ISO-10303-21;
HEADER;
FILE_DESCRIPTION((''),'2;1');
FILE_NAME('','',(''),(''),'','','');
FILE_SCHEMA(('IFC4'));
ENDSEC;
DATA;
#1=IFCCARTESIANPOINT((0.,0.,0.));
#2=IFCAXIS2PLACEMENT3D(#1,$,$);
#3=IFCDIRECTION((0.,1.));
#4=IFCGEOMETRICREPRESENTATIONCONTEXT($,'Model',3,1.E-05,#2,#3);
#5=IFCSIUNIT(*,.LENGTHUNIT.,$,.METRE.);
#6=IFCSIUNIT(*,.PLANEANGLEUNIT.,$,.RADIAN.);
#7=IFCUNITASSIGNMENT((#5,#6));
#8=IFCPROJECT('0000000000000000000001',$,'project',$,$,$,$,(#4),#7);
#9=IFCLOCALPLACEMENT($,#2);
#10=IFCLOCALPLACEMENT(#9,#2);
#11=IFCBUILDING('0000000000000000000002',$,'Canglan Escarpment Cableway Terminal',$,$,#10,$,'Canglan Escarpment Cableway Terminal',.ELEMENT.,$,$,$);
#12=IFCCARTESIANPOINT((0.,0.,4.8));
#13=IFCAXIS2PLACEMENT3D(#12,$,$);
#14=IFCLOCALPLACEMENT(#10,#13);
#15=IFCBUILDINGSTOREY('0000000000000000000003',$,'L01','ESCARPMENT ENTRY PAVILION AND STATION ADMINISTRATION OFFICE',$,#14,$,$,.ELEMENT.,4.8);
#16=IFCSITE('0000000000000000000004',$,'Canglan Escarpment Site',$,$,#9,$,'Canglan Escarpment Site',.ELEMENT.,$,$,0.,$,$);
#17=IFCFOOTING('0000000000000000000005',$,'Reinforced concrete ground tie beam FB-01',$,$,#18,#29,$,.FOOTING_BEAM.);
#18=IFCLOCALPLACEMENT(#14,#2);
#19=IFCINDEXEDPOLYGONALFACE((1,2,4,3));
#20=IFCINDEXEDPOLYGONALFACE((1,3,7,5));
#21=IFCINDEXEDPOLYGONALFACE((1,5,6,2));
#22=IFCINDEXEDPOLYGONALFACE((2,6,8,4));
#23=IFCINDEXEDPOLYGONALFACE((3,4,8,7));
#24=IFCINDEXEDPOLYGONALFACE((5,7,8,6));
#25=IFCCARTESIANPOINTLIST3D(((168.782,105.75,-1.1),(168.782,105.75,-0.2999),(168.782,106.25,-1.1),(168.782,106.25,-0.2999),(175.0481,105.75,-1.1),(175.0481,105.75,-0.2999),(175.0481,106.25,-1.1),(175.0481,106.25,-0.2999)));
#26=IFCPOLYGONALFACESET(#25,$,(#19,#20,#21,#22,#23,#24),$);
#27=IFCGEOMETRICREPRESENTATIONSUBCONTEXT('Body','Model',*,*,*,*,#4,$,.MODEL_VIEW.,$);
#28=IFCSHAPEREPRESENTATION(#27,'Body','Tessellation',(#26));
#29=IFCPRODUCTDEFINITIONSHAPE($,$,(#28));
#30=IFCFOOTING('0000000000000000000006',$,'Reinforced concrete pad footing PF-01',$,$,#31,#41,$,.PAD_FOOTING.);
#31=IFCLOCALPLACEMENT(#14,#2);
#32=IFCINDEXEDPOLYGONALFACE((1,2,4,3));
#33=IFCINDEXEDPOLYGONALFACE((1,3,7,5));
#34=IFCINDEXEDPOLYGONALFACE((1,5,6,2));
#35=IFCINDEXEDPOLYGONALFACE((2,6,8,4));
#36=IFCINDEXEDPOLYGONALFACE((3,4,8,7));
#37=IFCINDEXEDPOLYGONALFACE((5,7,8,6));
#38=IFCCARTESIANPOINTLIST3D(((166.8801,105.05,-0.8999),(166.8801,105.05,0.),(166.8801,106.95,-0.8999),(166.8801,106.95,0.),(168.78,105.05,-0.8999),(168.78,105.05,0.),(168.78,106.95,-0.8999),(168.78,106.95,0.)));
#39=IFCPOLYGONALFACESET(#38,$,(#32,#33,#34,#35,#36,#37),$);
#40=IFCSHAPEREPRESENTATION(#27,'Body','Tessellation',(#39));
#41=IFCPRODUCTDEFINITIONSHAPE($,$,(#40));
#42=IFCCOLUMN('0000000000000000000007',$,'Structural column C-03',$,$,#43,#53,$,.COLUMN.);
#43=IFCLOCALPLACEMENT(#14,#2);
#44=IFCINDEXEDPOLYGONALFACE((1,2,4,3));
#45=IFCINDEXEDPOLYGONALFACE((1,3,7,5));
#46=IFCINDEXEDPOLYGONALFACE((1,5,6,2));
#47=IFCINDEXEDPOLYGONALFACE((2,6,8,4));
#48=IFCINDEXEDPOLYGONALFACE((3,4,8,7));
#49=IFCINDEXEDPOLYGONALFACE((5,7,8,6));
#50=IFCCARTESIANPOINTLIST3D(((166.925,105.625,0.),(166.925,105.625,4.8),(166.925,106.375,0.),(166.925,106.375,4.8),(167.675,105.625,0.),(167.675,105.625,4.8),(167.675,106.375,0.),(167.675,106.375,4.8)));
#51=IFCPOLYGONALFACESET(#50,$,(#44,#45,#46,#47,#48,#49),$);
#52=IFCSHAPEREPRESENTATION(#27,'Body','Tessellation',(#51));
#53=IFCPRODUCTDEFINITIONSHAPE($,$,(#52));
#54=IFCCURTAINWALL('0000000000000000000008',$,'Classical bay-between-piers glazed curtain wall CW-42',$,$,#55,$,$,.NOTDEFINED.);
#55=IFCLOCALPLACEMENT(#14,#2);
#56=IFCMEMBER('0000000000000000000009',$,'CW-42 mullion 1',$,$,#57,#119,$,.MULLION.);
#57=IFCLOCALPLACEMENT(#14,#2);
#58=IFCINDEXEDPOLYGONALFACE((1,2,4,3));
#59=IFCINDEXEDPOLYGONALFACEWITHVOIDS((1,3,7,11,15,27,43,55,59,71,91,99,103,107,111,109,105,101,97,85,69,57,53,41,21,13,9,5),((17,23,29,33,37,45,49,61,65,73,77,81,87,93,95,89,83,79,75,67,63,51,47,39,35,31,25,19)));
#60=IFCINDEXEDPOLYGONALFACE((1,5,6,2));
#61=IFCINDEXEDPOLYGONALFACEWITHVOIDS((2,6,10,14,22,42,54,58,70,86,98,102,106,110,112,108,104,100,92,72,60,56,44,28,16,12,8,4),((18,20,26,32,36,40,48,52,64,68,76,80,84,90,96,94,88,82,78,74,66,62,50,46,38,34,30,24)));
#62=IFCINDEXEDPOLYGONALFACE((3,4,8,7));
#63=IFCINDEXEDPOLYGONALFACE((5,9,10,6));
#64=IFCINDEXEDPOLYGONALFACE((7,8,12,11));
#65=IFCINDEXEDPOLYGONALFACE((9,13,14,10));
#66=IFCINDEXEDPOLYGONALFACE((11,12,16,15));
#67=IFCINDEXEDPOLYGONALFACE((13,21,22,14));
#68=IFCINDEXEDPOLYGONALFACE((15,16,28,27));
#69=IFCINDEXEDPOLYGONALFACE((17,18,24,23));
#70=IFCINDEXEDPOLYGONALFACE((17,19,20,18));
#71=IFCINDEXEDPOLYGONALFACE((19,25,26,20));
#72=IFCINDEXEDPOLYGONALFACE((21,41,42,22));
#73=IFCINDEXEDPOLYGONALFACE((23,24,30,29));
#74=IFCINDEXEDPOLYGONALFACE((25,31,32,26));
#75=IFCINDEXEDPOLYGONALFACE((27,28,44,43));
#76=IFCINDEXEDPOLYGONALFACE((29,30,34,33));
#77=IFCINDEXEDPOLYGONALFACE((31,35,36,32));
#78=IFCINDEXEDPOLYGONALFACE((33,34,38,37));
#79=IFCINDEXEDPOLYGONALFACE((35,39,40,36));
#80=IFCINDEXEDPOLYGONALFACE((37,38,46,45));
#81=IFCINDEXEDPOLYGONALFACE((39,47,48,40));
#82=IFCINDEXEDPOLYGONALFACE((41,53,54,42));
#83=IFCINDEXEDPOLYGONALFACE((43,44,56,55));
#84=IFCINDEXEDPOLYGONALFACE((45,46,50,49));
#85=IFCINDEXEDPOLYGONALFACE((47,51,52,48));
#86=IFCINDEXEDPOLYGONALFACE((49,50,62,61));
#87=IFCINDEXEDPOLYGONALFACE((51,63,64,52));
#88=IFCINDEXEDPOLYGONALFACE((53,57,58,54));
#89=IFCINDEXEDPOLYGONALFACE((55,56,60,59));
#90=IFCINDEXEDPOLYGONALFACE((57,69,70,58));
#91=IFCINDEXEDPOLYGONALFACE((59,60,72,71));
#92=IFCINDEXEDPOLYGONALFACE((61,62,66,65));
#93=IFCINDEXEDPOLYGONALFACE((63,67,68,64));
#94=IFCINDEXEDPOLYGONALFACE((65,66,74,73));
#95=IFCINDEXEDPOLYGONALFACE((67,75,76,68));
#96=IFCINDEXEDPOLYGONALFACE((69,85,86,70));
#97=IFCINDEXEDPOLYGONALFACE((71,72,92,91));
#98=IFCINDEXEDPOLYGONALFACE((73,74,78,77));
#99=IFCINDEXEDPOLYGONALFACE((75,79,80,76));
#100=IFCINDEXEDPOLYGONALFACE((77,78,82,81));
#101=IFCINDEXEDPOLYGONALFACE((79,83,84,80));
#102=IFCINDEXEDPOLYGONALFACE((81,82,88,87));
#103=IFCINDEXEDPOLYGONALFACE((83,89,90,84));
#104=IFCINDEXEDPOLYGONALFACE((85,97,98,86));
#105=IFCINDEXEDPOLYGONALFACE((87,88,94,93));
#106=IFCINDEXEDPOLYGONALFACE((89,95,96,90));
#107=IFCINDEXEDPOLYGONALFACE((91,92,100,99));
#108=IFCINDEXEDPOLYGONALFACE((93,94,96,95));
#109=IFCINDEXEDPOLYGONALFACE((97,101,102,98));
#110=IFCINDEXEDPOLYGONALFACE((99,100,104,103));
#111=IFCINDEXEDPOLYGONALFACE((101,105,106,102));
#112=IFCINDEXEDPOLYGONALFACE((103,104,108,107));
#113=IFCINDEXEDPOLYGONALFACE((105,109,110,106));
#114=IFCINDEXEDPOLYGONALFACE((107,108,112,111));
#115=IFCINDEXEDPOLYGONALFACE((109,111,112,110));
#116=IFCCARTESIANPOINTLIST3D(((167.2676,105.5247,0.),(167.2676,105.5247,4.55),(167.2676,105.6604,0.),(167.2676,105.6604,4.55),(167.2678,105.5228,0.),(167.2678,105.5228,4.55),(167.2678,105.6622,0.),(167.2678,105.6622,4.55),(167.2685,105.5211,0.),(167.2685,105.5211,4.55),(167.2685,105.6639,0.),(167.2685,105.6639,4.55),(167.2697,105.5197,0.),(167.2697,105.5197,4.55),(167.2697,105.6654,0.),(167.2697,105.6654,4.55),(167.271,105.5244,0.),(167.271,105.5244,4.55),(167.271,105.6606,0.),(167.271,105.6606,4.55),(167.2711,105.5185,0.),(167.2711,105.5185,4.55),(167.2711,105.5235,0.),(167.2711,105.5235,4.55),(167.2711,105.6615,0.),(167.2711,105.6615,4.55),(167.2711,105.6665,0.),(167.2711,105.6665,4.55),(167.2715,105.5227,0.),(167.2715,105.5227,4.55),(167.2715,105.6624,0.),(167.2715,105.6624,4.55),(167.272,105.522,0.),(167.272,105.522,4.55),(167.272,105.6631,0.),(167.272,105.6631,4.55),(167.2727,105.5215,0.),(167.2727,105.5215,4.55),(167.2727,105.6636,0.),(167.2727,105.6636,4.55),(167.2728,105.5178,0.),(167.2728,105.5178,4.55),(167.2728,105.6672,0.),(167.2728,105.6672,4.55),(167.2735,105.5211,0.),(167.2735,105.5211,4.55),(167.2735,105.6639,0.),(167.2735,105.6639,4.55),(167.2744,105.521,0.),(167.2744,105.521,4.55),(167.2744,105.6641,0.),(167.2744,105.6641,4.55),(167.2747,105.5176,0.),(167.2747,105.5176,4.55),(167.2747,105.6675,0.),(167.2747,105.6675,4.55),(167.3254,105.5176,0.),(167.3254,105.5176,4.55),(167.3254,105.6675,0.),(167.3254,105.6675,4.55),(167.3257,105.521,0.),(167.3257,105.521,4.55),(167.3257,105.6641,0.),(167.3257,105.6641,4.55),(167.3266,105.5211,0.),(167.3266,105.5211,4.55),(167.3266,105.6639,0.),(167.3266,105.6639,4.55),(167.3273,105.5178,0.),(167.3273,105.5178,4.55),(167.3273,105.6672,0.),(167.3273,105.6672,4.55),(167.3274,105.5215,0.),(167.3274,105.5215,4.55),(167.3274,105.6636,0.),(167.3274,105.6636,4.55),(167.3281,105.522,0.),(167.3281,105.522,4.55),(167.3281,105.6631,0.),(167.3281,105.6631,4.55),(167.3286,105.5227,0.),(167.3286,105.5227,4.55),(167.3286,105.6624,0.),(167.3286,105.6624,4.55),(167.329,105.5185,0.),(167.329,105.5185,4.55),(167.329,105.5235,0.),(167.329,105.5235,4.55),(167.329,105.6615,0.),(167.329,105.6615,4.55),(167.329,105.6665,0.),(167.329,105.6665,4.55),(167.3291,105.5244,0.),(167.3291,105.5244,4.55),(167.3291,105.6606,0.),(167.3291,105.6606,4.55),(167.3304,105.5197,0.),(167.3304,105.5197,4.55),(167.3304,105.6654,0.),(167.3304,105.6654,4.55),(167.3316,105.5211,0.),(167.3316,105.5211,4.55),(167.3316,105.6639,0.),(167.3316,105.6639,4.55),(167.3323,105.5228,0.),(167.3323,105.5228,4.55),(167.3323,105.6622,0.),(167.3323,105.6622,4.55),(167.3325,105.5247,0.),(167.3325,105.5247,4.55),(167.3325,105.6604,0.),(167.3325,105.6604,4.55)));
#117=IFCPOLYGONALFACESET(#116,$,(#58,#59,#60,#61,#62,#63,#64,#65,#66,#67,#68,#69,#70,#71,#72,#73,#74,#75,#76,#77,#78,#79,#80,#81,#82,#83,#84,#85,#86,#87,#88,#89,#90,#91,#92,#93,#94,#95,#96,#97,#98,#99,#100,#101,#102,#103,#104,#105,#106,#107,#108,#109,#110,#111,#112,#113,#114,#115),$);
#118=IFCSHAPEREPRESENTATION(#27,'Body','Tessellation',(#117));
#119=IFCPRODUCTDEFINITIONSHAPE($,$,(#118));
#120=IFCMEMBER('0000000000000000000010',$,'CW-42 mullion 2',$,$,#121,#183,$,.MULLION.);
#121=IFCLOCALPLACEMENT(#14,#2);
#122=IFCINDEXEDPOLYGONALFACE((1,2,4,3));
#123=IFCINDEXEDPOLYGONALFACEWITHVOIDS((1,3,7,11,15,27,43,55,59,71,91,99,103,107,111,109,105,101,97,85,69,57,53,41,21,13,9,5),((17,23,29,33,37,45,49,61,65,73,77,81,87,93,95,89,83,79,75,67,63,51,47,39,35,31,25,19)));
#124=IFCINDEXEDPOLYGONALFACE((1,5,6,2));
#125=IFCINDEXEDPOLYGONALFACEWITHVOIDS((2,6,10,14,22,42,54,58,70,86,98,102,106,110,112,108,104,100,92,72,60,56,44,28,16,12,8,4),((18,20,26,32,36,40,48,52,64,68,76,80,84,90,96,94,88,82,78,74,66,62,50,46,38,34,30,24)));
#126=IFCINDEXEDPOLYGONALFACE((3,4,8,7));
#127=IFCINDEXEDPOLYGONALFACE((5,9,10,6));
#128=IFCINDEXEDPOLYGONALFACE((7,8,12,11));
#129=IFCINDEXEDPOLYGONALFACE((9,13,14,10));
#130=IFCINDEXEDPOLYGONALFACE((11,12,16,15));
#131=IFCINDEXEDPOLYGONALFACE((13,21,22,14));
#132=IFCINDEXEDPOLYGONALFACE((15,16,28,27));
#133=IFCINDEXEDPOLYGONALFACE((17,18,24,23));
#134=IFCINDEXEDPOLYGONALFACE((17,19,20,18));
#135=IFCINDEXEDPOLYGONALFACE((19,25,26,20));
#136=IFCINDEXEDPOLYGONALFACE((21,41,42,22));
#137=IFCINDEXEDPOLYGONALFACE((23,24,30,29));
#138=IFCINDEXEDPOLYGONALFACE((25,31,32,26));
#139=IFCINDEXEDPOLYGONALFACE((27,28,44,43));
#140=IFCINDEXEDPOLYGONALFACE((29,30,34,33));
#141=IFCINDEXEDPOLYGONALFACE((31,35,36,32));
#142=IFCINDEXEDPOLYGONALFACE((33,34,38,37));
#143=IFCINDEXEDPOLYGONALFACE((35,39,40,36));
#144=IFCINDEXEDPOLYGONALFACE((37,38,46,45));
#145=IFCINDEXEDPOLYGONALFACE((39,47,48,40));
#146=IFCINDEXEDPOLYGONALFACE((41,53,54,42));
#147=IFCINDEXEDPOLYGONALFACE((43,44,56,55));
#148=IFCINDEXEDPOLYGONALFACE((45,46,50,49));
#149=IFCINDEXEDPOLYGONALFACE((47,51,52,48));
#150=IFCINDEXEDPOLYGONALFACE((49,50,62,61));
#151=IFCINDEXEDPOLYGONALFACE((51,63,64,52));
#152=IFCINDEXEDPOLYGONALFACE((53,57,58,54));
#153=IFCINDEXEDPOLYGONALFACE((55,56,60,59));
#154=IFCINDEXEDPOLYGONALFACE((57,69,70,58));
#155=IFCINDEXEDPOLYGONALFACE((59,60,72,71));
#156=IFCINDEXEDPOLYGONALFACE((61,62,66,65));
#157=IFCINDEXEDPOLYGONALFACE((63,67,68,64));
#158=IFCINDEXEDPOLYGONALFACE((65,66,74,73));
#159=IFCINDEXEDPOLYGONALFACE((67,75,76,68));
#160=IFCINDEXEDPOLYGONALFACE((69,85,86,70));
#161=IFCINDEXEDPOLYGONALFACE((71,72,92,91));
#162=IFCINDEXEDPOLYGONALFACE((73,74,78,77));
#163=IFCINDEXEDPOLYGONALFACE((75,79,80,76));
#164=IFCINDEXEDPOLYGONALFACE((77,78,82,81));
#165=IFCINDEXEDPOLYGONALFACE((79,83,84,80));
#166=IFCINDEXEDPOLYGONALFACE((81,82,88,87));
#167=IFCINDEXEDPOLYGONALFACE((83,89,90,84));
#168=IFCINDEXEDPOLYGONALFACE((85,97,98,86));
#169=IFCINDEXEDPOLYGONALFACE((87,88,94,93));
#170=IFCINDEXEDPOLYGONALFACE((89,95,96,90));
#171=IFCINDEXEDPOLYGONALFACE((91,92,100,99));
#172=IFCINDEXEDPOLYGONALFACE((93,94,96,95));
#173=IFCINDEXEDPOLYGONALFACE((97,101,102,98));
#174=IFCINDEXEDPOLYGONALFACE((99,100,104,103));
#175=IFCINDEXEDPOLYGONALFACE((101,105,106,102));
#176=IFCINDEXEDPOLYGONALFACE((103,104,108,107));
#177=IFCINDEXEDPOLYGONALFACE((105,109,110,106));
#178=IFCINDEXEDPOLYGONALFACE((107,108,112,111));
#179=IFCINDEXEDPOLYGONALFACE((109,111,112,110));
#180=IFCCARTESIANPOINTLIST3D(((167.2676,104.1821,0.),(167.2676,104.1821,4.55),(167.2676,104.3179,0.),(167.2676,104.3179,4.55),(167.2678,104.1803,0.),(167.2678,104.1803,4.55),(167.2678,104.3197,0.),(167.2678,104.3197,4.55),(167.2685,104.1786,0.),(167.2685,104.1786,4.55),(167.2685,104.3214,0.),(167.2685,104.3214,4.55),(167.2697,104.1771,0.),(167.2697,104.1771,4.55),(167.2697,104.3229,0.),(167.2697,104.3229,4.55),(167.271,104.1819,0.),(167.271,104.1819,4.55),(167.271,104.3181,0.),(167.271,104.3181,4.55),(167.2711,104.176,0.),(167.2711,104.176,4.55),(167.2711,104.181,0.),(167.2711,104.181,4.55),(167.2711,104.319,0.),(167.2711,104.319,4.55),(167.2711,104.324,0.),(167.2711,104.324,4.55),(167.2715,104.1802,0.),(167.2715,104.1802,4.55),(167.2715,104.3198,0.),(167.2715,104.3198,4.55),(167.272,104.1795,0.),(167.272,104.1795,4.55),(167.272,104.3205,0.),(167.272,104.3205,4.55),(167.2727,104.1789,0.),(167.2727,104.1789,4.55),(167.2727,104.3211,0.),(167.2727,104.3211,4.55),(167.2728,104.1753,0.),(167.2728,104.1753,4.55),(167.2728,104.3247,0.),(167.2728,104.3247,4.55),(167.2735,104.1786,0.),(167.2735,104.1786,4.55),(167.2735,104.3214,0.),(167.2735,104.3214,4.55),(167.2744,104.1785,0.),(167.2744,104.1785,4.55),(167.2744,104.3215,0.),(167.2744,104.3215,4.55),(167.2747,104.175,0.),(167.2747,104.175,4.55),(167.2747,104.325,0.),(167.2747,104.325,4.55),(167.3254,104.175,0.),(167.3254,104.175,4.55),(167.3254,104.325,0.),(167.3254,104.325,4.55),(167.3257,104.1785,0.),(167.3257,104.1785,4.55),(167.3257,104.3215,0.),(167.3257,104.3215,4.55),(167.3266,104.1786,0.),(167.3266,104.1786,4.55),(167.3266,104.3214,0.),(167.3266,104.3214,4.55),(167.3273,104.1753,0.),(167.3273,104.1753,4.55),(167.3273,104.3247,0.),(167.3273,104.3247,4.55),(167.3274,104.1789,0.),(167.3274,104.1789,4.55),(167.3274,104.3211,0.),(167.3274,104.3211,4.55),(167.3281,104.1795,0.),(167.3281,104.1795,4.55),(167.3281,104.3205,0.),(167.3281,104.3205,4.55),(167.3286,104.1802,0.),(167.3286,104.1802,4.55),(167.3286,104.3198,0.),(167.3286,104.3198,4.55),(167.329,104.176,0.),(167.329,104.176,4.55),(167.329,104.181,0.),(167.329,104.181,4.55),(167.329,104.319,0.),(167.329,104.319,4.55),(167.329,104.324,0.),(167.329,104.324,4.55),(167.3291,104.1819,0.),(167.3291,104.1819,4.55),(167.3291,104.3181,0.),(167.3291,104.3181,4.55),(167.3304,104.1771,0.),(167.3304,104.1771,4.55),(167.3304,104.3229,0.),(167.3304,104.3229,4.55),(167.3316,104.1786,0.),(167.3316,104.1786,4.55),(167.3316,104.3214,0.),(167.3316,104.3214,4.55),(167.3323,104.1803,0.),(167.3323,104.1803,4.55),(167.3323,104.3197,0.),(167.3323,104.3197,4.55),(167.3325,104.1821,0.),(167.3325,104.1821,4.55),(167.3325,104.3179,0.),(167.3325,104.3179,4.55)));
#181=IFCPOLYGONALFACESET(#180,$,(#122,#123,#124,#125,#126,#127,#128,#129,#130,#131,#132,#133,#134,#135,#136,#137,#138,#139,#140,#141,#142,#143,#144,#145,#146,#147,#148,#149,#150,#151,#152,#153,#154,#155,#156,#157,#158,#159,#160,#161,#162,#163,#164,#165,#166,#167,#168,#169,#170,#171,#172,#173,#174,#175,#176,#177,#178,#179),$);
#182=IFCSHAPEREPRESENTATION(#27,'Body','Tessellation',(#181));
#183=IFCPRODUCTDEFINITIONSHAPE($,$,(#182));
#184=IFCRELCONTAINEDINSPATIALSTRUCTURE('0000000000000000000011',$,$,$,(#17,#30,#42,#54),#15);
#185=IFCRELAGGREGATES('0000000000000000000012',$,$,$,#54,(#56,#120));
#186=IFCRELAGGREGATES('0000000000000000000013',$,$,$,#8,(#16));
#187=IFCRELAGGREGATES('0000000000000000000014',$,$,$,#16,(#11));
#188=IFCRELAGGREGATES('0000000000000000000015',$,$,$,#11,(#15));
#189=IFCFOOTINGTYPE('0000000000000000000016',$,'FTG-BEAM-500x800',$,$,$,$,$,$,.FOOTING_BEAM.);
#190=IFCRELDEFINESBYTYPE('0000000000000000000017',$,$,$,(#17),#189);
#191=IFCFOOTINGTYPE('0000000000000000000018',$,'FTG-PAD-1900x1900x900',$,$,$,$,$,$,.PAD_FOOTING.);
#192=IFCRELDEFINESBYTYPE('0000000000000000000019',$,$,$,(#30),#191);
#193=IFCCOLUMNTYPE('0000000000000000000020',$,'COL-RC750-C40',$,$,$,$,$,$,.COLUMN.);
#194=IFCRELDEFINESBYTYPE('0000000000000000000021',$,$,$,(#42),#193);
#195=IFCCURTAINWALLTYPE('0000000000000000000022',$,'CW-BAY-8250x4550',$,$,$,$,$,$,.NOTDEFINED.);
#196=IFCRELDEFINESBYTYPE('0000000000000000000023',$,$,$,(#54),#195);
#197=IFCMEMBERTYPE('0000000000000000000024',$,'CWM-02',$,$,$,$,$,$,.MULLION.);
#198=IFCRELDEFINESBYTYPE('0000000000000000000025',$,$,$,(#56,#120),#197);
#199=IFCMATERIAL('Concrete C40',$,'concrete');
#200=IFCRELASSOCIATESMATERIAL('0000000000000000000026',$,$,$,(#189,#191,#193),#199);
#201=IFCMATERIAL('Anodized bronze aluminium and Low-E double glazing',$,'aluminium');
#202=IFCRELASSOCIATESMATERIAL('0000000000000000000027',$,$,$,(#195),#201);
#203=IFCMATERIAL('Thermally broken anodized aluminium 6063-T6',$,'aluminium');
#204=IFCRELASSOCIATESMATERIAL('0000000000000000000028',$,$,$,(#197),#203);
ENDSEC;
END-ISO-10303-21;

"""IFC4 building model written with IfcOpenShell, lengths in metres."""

from ifc_helpers import new_model, si_unit, direction, frame, origin, origin_2d, place, context, subcontext, project, spatial, rectangle, hollow_rectangle, extrude, material, material_profile, profile_set, type_object, element, aggregate, save


model = new_model("IFC4")

# Units and contexts
model_context = context("Model", 3, precision=1e-05, world=origin(), true_north=direction((0.0, 1.0)))
body_context = subcontext(model_context, "Body", "Model", "MODEL_VIEW")
ifc_project = project(units=[si_unit("LENGTHUNIT", "METRE"), si_unit("PLANEANGLEUNIT", "RADIAN")], contexts=[model_context])

# Site, building, storey
site_placement = place(None, origin())
site = spatial("IfcSite", under=ifc_project, at=site_placement, Name="Canglan Escarpment Site", LongName="Canglan Escarpment Site", CompositionType="ELEMENT", RefElevation=0.0)
building_placement = place(site_placement, origin())
building = spatial("IfcBuilding", under=site, at=building_placement, Name="Canglan Escarpment Cableway Terminal", LongName="Canglan Escarpment Cableway Terminal", CompositionType="ELEMENT")
storey_placement = place(building_placement, frame((0.0, 0.0, 4.8)))
storey = spatial("IfcBuildingStorey", under=building, at=storey_placement, Name="L01", Description="ESCARPMENT ENTRY PAVILION AND STATION ADMINISTRATION OFFICE", CompositionType="ELEMENT", Elevation=4.8)

# Footings
ifc_material_1 = material(Name="Concrete C40", Category="concrete")
ifc_material_profile_1 = material_profile(ifc_material_1, rectangle(XDim=0.5, YDim=0.8, at=origin_2d()), Name="FB 500x800")
ifc_profile_set_1 = profile_set([ifc_material_profile_1], Name="Concrete C40")
footing_type_1 = type_object("IfcFootingType", Name="FTG-BEAM-500x800", PredefinedType="FOOTING_BEAM", material=ifc_profile_set_1)
footing_1_placement = place(storey_placement, frame((168.782, 106.0, -0.7), z_axis=(1.0, 0.0, 0.0), x_axis=(0.0, 1.0, 0.0)))
element("IfcFooting", 1, at=footing_1_placement, inside=storey, type_object=footing_type_1, Name="Reinforced concrete ground tie beam FB-01", PredefinedType="FOOTING_BEAM", context=body_context, shape_type="SweptSolid", body=[
    extrude(rectangle(XDim=0.5, YDim=0.8, at=origin_2d()), origin(), (0.0, 0.0, 1.0), 6.2661),
])
footing_type_2 = type_object("IfcFootingType", Name="FTG-PAD-1900x1900x900", PredefinedType="PAD_FOOTING", material=ifc_material_1)
footing_2_placement = place(storey_placement, frame((167.8301, 106.0, -0.8999), z_axis=(0.0, 0.0, 1.0), x_axis=(1.0, 0.0, 0.0)))
element("IfcFooting", 2, at=footing_2_placement, inside=storey, type_object=footing_type_2, Name="Reinforced concrete pad footing PF-01", PredefinedType="PAD_FOOTING", context=body_context, shape_type="SweptSolid", body=[
    extrude(rectangle(XDim=1.8999, YDim=1.8999, at=origin_2d()), origin(), (0.0, 0.0, 1.0), 0.8999),
])

# Column
ifc_material_profile_2 = material_profile(ifc_material_1, rectangle(XDim=0.75, YDim=0.75, at=origin_2d()), Name="RC 750x750")
ifc_profile_set_2 = profile_set([ifc_material_profile_2], Name="Concrete C40")
column_type = type_object("IfcColumnType", Name="COL-RC750-C40", PredefinedType="COLUMN", material=ifc_profile_set_2)
column_placement = place(storey_placement, frame((167.3, 106.0, 0.0), z_axis=(0.0, 0.0, 1.0), x_axis=(1.0, 0.0, 0.0)))
element("IfcColumn", 3, at=column_placement, inside=storey, type_object=column_type, Name="Structural column C-03", PredefinedType="COLUMN", context=body_context, shape_type="SweptSolid", body=[
    extrude(rectangle(XDim=0.75, YDim=0.75, at=origin_2d()), origin(), (0.0, 0.0, 1.0), 4.8),
])

# Curtain wall, members
ifc_material_2 = material(Name="Anodized bronze aluminium and Low-E double glazing", Category="aluminium")
curtain_wall_type = type_object("IfcCurtainWallType", Name="CW-BAY-8250x4550", PredefinedType="NOTDEFINED", material=ifc_material_2)
curtain_wall_placement = place(storey_placement, origin())
curtain_wall = element("IfcCurtainWall", 4, at=curtain_wall_placement, inside=storey, type_object=curtain_wall_type, Name="Classical bay-between-piers glazed curtain wall CW-42", PredefinedType="NOTDEFINED")
ifc_material_3 = material(Name="Thermally broken anodized aluminium 6063-T6", Category="aluminium")
ifc_material_profile_3 = material_profile(ifc_material_3, hollow_rectangle(XDim=0.0649, YDim=0.1499, WallThickness=0.0034, InnerFilletRadius=0.0034, OuterFilletRadius=0.0071, at=origin_2d()), Name="ALU-MULL 65x150x3.5")
ifc_profile_set_3 = profile_set([ifc_material_profile_3], Name="Thermally broken anodized aluminium 6063-T6")
member_type_1 = type_object("IfcMemberType", Name="CWM-02", PredefinedType="MULLION", material=ifc_profile_set_3)
member_1_placement = place(storey_placement, frame((167.3, 105.5925, 0.0), z_axis=(0.0, 0.0, 1.0), x_axis=(1.0, 0.0, 0.0)))
member_1 = element("IfcMember", 5, at=member_1_placement, type_object=member_type_1, Name="CW-42 mullion 1", PredefinedType="MULLION", context=body_context, shape_type="SweptSolid", body=[
    extrude(hollow_rectangle(XDim=0.0649, YDim=0.1499, WallThickness=0.0034, InnerFilletRadius=0.0034, OuterFilletRadius=0.0071, at=origin_2d()), origin(), (0.0, 0.0, 1.0), 4.55),
])
member_2_placement = place(storey_placement, frame((167.3, 104.25, 0.0), z_axis=(0.0, 0.0, 1.0), x_axis=(1.0, 0.0, 0.0)))
member_2 = element("IfcMember", 6, at=member_2_placement, type_object=member_type_1, Name="CW-42 mullion 2", PredefinedType="MULLION", context=body_context, shape_type="SweptSolid", body=[
    extrude(hollow_rectangle(XDim=0.0649, YDim=0.1499, WallThickness=0.0034, InnerFilletRadius=0.0034, OuterFilletRadius=0.0071, at=origin_2d()), origin(), (0.0, 0.0, 1.0), 4.55),
])
aggregate(curtain_wall, [member_1, member_2])

save(model, "model.ifc")
